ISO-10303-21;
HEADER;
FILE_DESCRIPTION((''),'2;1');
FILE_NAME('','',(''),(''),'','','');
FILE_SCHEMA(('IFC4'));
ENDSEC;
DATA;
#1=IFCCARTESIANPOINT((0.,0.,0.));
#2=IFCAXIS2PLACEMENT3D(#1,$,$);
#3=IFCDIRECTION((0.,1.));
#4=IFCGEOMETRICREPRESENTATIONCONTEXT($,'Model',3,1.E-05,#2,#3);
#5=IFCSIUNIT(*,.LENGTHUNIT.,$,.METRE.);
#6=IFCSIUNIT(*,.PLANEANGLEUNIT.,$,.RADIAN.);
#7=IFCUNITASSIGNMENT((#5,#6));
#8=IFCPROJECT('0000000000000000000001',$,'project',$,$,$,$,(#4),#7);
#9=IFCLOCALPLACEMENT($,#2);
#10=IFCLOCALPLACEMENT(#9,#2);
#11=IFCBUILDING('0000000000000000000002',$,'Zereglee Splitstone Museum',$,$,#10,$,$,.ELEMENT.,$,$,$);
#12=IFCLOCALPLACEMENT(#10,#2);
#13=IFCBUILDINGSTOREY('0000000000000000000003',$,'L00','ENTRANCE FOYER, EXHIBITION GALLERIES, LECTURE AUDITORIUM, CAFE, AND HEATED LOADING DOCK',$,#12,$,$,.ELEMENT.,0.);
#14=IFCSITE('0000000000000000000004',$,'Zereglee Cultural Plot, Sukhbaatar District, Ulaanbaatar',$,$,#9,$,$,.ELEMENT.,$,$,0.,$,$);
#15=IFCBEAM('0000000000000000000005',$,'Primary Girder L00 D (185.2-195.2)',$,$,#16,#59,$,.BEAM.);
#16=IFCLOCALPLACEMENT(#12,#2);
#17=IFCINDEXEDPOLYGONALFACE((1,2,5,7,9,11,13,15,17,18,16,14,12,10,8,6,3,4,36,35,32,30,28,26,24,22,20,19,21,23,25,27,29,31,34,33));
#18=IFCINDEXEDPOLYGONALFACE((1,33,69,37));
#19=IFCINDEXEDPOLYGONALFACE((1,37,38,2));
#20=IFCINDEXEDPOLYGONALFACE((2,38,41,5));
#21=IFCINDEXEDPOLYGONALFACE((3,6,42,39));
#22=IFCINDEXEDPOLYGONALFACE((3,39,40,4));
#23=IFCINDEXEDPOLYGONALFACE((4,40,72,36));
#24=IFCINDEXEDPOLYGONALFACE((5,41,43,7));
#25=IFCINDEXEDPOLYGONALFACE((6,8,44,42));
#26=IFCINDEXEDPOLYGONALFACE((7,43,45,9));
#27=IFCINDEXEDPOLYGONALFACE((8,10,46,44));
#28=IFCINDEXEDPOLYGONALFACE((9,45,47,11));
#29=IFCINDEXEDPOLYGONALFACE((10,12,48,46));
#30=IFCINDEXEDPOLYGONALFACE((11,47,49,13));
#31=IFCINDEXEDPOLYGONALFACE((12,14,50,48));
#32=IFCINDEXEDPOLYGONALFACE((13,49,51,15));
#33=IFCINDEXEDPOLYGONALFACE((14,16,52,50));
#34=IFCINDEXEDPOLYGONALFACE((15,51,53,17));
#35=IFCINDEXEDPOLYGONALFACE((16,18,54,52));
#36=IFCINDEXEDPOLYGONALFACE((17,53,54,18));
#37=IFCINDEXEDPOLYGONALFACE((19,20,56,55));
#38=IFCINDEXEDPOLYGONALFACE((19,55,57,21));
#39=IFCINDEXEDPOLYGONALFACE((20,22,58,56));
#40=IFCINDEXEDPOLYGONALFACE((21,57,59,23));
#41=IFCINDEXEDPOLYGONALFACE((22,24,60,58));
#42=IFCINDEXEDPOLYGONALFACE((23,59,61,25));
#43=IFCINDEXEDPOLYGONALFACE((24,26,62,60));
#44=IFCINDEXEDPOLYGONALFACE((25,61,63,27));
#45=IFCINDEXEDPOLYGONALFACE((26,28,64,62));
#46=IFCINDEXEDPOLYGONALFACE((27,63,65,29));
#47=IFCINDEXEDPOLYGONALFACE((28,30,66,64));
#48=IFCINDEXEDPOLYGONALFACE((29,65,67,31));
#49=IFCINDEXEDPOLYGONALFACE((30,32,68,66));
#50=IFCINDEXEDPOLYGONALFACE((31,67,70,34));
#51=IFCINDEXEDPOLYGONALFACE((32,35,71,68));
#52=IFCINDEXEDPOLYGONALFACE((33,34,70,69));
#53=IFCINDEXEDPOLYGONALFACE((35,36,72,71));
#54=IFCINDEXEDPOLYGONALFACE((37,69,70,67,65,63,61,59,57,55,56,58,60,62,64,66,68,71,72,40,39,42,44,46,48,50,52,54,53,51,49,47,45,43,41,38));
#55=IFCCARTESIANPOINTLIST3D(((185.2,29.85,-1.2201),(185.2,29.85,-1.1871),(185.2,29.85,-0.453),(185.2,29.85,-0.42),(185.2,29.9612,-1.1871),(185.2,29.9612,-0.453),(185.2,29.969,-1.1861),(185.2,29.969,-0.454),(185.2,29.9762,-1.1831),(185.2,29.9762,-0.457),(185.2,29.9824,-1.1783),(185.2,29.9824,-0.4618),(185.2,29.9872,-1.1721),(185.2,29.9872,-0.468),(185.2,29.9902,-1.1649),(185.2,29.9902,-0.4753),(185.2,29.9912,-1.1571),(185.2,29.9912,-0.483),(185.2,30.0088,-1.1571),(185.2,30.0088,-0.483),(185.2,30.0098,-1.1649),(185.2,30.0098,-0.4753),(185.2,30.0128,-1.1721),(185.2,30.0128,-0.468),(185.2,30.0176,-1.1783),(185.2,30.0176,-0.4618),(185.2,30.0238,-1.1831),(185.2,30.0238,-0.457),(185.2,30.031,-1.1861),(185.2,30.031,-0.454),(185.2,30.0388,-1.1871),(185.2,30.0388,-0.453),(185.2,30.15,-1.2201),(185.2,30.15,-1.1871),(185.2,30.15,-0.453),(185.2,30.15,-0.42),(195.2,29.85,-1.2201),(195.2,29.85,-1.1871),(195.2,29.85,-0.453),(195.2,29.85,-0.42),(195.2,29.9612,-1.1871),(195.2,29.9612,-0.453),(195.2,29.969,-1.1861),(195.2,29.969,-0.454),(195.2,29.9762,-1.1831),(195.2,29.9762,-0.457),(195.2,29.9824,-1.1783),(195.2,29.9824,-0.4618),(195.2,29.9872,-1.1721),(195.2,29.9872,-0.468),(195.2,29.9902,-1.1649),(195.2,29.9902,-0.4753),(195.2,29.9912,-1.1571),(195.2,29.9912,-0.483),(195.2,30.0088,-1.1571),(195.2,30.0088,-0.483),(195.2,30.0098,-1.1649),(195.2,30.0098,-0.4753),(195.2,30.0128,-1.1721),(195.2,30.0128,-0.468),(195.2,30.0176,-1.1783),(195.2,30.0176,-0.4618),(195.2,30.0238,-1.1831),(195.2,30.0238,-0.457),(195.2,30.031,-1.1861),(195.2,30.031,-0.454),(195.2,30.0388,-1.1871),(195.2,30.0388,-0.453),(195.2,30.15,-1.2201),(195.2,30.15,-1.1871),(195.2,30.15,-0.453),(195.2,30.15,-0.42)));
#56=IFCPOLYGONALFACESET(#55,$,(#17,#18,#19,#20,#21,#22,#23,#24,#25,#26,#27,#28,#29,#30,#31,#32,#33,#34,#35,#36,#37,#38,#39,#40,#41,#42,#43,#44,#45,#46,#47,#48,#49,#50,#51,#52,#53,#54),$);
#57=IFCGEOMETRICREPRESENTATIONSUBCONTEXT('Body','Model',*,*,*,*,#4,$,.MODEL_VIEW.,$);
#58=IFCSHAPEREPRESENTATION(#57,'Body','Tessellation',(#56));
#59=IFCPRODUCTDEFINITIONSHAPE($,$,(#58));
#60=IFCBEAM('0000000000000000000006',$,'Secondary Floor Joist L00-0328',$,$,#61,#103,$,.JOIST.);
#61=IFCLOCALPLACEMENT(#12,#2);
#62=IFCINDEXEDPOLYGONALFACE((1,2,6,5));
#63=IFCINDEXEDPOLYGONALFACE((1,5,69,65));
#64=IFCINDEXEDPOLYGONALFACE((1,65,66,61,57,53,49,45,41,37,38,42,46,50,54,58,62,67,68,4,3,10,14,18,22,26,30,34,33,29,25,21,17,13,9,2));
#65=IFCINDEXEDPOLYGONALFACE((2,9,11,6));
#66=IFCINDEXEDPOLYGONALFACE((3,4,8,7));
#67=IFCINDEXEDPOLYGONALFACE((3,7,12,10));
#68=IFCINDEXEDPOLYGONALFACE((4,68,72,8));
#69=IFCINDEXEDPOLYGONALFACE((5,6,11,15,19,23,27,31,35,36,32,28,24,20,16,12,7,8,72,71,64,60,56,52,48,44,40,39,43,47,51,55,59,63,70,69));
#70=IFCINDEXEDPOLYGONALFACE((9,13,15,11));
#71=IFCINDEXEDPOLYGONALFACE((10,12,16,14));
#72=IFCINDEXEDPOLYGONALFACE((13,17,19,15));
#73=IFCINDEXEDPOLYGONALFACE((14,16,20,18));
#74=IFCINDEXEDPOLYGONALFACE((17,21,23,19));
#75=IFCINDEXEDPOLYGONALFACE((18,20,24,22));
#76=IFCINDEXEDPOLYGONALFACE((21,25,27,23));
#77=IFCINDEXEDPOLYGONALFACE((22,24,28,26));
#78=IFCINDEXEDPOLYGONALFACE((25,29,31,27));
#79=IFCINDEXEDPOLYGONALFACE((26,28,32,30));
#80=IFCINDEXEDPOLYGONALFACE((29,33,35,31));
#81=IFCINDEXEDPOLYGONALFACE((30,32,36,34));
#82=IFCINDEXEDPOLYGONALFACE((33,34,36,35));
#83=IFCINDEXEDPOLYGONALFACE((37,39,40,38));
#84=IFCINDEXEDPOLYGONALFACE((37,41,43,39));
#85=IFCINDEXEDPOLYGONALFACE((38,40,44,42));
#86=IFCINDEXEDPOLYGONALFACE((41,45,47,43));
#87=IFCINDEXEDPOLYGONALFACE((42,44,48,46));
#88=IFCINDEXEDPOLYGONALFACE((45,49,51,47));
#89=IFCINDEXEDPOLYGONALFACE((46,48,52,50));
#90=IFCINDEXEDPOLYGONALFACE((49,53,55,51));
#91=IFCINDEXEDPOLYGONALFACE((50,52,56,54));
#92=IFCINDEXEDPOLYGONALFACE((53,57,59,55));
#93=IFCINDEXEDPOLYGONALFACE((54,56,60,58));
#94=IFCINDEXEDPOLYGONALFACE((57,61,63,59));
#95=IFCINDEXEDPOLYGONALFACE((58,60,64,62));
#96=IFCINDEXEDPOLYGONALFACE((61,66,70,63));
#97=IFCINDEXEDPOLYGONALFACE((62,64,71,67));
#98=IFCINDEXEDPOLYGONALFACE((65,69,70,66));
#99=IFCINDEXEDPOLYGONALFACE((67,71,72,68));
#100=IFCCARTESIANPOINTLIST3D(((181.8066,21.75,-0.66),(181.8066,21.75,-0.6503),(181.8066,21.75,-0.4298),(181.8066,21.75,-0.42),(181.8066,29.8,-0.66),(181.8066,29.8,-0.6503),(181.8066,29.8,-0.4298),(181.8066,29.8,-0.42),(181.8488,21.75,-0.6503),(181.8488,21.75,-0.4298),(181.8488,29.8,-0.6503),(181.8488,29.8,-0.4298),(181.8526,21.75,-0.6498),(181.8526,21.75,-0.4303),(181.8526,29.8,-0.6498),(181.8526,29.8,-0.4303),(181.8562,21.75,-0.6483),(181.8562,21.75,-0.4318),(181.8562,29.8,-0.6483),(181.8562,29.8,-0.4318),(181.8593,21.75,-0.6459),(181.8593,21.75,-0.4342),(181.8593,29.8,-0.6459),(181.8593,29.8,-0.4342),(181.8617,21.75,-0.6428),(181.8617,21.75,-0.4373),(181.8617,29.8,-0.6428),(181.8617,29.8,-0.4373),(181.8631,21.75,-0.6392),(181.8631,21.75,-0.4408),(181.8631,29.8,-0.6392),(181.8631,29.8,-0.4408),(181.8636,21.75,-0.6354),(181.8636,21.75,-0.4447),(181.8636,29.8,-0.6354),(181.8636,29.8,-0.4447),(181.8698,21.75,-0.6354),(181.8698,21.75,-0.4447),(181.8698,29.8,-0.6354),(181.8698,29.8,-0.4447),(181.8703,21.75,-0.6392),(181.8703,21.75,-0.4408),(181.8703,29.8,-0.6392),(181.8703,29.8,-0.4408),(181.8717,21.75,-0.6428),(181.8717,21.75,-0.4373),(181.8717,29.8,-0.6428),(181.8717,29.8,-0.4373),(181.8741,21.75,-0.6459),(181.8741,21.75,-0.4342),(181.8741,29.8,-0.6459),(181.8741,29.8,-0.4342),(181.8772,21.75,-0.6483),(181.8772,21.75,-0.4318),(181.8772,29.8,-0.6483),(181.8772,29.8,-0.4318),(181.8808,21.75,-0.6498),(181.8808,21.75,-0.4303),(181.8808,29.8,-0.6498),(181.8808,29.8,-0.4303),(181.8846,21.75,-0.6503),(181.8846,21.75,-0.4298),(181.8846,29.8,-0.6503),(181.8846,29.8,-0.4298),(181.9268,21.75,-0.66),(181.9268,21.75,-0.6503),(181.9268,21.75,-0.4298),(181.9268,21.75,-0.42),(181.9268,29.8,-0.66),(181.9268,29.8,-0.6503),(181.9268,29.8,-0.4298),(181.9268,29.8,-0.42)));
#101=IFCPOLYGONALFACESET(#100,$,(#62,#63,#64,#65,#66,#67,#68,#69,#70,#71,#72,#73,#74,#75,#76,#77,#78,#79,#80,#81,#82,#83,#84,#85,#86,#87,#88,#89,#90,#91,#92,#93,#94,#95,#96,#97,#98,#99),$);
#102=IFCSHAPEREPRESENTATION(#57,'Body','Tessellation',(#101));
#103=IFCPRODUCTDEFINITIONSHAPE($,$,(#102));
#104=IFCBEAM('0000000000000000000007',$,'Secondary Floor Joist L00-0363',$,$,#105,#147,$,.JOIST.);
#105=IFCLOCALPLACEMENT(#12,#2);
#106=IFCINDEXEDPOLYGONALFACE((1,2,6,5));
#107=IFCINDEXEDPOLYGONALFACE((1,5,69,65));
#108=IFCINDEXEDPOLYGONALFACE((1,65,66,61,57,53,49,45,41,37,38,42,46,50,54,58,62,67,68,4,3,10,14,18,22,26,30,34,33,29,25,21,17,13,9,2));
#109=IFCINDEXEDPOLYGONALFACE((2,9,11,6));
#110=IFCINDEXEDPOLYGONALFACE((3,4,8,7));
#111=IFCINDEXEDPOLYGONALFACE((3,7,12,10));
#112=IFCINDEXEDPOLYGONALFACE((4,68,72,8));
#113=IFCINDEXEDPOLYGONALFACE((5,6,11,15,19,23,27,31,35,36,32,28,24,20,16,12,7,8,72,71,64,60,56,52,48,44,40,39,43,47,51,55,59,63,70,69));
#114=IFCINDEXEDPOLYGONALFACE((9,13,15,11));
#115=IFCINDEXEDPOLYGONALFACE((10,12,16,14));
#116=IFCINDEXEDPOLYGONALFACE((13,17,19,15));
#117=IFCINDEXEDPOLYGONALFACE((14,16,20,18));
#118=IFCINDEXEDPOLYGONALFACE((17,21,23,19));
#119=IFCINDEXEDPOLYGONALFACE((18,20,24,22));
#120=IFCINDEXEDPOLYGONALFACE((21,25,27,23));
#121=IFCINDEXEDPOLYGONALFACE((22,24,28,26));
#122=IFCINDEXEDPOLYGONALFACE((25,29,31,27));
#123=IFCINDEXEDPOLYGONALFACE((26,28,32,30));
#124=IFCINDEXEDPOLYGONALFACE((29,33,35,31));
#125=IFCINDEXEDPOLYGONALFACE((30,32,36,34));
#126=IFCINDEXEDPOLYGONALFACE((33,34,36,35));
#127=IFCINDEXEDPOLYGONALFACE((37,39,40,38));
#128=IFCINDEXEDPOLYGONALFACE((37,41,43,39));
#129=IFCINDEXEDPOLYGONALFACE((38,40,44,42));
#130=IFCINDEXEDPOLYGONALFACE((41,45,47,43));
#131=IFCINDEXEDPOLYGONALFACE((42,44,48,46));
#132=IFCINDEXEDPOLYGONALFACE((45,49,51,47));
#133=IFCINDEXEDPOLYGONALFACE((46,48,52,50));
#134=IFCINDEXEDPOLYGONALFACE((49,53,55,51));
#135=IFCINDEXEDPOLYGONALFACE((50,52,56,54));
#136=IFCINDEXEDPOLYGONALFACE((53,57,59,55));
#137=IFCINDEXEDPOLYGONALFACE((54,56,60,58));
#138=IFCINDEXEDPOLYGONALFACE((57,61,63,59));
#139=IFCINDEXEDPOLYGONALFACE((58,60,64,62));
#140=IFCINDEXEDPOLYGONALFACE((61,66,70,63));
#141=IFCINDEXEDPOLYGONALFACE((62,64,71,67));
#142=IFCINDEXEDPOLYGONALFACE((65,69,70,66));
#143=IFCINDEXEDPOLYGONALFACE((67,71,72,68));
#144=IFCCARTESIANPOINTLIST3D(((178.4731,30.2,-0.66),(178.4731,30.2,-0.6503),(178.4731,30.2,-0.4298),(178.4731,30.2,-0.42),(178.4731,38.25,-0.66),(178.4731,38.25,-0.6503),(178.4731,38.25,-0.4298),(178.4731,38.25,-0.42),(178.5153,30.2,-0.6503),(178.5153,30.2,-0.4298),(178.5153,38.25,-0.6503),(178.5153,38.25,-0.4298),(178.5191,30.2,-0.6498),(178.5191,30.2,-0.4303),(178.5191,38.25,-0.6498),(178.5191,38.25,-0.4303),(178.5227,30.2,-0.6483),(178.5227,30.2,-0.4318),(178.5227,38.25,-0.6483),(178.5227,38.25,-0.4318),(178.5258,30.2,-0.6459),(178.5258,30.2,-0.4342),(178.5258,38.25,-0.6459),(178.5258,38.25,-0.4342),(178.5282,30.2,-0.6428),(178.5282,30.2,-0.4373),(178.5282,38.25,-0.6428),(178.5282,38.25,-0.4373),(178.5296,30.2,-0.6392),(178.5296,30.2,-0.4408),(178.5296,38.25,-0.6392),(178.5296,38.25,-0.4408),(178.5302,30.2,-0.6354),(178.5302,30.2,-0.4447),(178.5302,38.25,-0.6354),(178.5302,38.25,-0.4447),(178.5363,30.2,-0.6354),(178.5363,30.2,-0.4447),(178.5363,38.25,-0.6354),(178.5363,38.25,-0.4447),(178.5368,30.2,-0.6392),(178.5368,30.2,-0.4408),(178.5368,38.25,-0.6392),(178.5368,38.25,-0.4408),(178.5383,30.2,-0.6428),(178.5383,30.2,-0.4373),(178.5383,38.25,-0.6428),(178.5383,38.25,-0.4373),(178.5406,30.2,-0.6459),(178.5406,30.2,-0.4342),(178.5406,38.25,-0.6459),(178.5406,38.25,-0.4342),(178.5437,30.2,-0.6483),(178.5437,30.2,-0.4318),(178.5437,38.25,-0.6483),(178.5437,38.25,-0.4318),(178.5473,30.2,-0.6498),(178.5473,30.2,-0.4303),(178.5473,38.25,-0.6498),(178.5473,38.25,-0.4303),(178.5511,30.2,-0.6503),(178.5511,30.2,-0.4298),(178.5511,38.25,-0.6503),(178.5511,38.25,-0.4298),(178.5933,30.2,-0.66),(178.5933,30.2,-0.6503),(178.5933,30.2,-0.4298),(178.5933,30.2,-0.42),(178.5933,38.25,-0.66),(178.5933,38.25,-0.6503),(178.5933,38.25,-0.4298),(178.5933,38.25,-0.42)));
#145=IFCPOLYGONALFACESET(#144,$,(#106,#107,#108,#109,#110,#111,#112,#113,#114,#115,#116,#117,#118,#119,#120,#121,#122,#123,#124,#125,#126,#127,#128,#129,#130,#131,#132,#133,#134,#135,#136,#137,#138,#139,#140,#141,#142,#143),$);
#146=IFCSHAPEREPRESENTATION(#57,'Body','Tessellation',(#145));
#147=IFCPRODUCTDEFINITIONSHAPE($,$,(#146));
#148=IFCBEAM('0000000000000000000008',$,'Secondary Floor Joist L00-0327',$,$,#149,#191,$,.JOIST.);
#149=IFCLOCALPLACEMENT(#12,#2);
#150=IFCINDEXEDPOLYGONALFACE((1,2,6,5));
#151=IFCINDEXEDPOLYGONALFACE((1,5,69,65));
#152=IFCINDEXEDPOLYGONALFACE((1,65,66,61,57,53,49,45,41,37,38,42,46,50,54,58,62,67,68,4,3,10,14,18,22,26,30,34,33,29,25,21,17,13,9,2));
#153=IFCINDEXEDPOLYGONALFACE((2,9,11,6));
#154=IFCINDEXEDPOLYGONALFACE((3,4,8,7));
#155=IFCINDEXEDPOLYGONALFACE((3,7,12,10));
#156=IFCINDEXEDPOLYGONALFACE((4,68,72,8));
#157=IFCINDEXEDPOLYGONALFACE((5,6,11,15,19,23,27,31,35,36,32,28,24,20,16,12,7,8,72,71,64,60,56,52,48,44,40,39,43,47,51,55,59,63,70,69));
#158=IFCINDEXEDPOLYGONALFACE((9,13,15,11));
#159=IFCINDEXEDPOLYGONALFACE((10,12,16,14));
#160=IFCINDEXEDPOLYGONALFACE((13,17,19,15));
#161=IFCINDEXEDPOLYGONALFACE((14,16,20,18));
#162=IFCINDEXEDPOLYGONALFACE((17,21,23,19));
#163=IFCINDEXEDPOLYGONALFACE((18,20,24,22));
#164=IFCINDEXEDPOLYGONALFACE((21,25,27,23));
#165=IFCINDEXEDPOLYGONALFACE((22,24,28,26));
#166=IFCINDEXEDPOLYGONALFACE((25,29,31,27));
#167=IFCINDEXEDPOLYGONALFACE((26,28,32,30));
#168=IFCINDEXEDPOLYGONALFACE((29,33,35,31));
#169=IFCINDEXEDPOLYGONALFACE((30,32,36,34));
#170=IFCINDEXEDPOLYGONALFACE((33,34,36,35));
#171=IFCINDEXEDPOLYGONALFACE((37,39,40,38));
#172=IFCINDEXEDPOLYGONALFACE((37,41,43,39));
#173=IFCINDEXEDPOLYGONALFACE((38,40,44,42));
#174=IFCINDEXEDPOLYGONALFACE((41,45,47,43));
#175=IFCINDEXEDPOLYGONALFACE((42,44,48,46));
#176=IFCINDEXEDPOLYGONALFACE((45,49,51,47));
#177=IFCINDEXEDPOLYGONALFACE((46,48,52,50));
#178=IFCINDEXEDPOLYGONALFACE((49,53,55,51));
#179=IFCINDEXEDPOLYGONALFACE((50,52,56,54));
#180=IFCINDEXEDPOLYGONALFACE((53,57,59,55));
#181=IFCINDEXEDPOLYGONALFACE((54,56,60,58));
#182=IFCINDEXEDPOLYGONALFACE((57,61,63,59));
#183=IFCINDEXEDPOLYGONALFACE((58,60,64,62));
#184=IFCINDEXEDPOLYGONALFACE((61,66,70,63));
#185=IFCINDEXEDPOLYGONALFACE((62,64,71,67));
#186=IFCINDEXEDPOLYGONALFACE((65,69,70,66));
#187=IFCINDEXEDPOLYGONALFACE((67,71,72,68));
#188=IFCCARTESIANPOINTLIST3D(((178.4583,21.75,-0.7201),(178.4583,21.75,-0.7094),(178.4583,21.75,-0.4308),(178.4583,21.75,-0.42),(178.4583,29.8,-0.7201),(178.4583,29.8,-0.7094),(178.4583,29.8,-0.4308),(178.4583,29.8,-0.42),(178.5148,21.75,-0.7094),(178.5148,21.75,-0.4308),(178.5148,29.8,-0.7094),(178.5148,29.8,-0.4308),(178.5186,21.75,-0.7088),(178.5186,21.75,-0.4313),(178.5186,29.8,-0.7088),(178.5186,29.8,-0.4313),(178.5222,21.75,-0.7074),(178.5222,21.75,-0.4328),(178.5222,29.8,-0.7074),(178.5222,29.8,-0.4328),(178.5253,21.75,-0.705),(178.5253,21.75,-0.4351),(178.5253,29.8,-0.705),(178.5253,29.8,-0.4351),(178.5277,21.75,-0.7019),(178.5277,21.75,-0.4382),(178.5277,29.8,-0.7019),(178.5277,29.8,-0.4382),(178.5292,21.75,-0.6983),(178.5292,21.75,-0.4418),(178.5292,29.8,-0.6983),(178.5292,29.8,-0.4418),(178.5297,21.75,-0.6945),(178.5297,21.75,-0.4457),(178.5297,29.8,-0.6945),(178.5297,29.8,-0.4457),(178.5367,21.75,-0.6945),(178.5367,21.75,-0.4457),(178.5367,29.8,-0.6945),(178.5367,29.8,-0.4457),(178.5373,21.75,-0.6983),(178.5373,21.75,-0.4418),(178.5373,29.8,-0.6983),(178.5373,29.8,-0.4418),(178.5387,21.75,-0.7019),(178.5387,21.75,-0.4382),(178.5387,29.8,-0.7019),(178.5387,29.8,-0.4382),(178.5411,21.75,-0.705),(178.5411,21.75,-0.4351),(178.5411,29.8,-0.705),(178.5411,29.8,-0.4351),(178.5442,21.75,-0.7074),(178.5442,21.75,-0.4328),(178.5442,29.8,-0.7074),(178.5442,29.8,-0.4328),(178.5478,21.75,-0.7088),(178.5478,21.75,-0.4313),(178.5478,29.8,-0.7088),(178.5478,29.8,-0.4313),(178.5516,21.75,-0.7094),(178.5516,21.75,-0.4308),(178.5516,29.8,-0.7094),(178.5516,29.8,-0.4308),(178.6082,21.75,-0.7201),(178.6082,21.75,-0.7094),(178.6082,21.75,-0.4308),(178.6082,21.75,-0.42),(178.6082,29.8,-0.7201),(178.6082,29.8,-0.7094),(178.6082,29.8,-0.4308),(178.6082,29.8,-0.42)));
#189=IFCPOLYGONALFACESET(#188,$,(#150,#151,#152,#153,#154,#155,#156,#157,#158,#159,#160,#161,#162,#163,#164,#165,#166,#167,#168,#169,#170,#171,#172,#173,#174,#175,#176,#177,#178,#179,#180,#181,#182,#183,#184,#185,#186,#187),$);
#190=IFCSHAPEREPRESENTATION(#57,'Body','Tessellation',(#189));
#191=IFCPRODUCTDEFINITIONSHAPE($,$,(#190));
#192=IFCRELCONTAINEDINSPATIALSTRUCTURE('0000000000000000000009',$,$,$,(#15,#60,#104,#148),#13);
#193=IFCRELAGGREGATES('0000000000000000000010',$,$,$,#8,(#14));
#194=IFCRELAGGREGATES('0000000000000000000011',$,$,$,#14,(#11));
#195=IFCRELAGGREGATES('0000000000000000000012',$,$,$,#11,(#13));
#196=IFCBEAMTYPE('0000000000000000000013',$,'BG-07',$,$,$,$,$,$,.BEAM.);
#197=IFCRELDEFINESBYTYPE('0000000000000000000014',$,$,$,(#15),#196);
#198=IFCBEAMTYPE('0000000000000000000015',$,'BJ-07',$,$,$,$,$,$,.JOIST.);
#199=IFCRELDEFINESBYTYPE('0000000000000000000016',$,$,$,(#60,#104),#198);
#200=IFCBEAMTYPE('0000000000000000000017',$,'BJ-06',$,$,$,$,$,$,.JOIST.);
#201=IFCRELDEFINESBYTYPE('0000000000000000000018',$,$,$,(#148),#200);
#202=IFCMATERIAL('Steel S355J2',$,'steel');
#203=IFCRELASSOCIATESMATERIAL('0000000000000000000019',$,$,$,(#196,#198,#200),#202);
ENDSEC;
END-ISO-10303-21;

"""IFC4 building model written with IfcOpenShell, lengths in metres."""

from ifc_helpers import new_model, si_unit, direction, frame, origin, origin_2d, place, context, subcontext, project, spatial, i_section, extrude, material, material_profile, profile_set, type_object, element, save


model = new_model("IFC4")

# Units and contexts
model_context = context("Model", 3, precision=1e-05, world=origin(), true_north=direction((0.0, 1.0)))
body_context = subcontext(model_context, "Body", "Model", "MODEL_VIEW")
ifc_project = project(units=[si_unit("LENGTHUNIT", "METRE"), si_unit("PLANEANGLEUNIT", "RADIAN")], contexts=[model_context])

# Site, building, storey
site_placement = place(None, origin())
site = spatial("IfcSite", under=ifc_project, at=site_placement, Name="Zereglee Cultural Plot, Sukhbaatar District, Ulaanbaatar", CompositionType="ELEMENT", RefElevation=0.0)
building_placement = place(site_placement, origin())
building = spatial("IfcBuilding", under=site, at=building_placement, Name="Zereglee Splitstone Museum", CompositionType="ELEMENT")
storey_placement = place(building_placement, origin())
storey = spatial("IfcBuildingStorey", under=building, at=storey_placement, Name="L00", Description="ENTRANCE FOYER, EXHIBITION GALLERIES, LECTURE AUDITORIUM, CAFE, AND HEATED LOADING DOCK", CompositionType="ELEMENT", Elevation=0.0)

# Beams
ifc_material_1 = material(Name="Steel S355J2", Category="steel")
ifc_material_profile_1 = material_profile(ifc_material_1, i_section(OverallWidth=0.3, OverallDepth=0.8, WebThickness=0.0176, FlangeThickness=0.033, FilletRadius=0.03, at=origin_2d()), Name="HE 800 B")
ifc_profile_set_1 = profile_set([ifc_material_profile_1], Name="Steel S355J2")
beam_type_1 = type_object("IfcBeamType", Name="BG-07", PredefinedType="BEAM", material=ifc_profile_set_1)
beam_1_placement = place(storey_placement, frame((185.2, 30.0, -0.8201), z_axis=(1.0, 0.0, 0.0), x_axis=(0.0, 1.0, 0.0)))
element("IfcBeam", 1, at=beam_1_placement, inside=storey, type_object=beam_type_1, Name="Primary Girder L00 D (185.2-195.2)", PredefinedType="BEAM", context=body_context, shape_type="SweptSolid", body=[
    extrude(i_section(OverallWidth=0.3, OverallDepth=0.8, WebThickness=0.0176, FlangeThickness=0.033, FilletRadius=0.03, at=origin_2d()), origin(), (0.0, 0.0, 1.0), 10.0),
])
ifc_material_profile_2 = material_profile(ifc_material_1, i_section(OverallWidth=0.1201, OverallDepth=0.24, WebThickness=0.0061, FlangeThickness=0.0098, FilletRadius=0.0149, at=origin_2d()), Name="IPE 240")
ifc_profile_set_2 = profile_set([ifc_material_profile_2], Name="Steel S355J2")
beam_type_2 = type_object("IfcBeamType", Name="BJ-07", PredefinedType="JOIST", material=ifc_profile_set_2)
for number, where, z_axis, x_axis, name in (
    (2, (181.8667, 21.75, -0.54), (0.0, 1.0, 0.0), (-1.0, 0.0, 0.0), "Secondary Floor Joist L00-0328"),
    (3, (178.5332, 30.2, -0.54), (0.0, 1.0, 0.0), (-1.0, 0.0, 0.0), "Secondary Floor Joist L00-0363"),
):
    element("IfcBeam", number, at=place(storey_placement, frame(where, z_axis=z_axis, x_axis=x_axis)), inside=storey, type_object=beam_type_2, Name=name, PredefinedType="JOIST", context=body_context, shape_type="SweptSolid", body=[
        extrude(i_section(OverallWidth=0.1201, OverallDepth=0.24, WebThickness=0.0061, FlangeThickness=0.0098, FilletRadius=0.0149, at=origin_2d()), origin(), (0.0, 0.0, 1.0), 8.05),
    ])
ifc_material_profile_3 = material_profile(ifc_material_1, i_section(OverallWidth=0.1499, OverallDepth=0.3, WebThickness=0.0071, FlangeThickness=0.0107, FilletRadius=0.0149, at=origin_2d()), Name="IPE 300")
ifc_profile_set_3 = profile_set([ifc_material_profile_3], Name="Steel S355J2")
beam_type_3 = type_object("IfcBeamType", Name="BJ-06", PredefinedType="JOIST", material=ifc_profile_set_3)
beam_2_placement = place(storey_placement, frame((178.5332, 21.75, -0.5701), z_axis=(0.0, 1.0, 0.0), x_axis=(-1.0, 0.0, 0.0)))
element("IfcBeam", 4, at=beam_2_placement, inside=storey, type_object=beam_type_3, Name="Secondary Floor Joist L00-0327", PredefinedType="JOIST", context=body_context, shape_type="SweptSolid", body=[
    extrude(i_section(OverallWidth=0.1499, OverallDepth=0.3, WebThickness=0.0071, FlangeThickness=0.0107, FilletRadius=0.0149, at=origin_2d()), origin(), (0.0, 0.0, 1.0), 8.05),
])

save(model, "model.ifc")
